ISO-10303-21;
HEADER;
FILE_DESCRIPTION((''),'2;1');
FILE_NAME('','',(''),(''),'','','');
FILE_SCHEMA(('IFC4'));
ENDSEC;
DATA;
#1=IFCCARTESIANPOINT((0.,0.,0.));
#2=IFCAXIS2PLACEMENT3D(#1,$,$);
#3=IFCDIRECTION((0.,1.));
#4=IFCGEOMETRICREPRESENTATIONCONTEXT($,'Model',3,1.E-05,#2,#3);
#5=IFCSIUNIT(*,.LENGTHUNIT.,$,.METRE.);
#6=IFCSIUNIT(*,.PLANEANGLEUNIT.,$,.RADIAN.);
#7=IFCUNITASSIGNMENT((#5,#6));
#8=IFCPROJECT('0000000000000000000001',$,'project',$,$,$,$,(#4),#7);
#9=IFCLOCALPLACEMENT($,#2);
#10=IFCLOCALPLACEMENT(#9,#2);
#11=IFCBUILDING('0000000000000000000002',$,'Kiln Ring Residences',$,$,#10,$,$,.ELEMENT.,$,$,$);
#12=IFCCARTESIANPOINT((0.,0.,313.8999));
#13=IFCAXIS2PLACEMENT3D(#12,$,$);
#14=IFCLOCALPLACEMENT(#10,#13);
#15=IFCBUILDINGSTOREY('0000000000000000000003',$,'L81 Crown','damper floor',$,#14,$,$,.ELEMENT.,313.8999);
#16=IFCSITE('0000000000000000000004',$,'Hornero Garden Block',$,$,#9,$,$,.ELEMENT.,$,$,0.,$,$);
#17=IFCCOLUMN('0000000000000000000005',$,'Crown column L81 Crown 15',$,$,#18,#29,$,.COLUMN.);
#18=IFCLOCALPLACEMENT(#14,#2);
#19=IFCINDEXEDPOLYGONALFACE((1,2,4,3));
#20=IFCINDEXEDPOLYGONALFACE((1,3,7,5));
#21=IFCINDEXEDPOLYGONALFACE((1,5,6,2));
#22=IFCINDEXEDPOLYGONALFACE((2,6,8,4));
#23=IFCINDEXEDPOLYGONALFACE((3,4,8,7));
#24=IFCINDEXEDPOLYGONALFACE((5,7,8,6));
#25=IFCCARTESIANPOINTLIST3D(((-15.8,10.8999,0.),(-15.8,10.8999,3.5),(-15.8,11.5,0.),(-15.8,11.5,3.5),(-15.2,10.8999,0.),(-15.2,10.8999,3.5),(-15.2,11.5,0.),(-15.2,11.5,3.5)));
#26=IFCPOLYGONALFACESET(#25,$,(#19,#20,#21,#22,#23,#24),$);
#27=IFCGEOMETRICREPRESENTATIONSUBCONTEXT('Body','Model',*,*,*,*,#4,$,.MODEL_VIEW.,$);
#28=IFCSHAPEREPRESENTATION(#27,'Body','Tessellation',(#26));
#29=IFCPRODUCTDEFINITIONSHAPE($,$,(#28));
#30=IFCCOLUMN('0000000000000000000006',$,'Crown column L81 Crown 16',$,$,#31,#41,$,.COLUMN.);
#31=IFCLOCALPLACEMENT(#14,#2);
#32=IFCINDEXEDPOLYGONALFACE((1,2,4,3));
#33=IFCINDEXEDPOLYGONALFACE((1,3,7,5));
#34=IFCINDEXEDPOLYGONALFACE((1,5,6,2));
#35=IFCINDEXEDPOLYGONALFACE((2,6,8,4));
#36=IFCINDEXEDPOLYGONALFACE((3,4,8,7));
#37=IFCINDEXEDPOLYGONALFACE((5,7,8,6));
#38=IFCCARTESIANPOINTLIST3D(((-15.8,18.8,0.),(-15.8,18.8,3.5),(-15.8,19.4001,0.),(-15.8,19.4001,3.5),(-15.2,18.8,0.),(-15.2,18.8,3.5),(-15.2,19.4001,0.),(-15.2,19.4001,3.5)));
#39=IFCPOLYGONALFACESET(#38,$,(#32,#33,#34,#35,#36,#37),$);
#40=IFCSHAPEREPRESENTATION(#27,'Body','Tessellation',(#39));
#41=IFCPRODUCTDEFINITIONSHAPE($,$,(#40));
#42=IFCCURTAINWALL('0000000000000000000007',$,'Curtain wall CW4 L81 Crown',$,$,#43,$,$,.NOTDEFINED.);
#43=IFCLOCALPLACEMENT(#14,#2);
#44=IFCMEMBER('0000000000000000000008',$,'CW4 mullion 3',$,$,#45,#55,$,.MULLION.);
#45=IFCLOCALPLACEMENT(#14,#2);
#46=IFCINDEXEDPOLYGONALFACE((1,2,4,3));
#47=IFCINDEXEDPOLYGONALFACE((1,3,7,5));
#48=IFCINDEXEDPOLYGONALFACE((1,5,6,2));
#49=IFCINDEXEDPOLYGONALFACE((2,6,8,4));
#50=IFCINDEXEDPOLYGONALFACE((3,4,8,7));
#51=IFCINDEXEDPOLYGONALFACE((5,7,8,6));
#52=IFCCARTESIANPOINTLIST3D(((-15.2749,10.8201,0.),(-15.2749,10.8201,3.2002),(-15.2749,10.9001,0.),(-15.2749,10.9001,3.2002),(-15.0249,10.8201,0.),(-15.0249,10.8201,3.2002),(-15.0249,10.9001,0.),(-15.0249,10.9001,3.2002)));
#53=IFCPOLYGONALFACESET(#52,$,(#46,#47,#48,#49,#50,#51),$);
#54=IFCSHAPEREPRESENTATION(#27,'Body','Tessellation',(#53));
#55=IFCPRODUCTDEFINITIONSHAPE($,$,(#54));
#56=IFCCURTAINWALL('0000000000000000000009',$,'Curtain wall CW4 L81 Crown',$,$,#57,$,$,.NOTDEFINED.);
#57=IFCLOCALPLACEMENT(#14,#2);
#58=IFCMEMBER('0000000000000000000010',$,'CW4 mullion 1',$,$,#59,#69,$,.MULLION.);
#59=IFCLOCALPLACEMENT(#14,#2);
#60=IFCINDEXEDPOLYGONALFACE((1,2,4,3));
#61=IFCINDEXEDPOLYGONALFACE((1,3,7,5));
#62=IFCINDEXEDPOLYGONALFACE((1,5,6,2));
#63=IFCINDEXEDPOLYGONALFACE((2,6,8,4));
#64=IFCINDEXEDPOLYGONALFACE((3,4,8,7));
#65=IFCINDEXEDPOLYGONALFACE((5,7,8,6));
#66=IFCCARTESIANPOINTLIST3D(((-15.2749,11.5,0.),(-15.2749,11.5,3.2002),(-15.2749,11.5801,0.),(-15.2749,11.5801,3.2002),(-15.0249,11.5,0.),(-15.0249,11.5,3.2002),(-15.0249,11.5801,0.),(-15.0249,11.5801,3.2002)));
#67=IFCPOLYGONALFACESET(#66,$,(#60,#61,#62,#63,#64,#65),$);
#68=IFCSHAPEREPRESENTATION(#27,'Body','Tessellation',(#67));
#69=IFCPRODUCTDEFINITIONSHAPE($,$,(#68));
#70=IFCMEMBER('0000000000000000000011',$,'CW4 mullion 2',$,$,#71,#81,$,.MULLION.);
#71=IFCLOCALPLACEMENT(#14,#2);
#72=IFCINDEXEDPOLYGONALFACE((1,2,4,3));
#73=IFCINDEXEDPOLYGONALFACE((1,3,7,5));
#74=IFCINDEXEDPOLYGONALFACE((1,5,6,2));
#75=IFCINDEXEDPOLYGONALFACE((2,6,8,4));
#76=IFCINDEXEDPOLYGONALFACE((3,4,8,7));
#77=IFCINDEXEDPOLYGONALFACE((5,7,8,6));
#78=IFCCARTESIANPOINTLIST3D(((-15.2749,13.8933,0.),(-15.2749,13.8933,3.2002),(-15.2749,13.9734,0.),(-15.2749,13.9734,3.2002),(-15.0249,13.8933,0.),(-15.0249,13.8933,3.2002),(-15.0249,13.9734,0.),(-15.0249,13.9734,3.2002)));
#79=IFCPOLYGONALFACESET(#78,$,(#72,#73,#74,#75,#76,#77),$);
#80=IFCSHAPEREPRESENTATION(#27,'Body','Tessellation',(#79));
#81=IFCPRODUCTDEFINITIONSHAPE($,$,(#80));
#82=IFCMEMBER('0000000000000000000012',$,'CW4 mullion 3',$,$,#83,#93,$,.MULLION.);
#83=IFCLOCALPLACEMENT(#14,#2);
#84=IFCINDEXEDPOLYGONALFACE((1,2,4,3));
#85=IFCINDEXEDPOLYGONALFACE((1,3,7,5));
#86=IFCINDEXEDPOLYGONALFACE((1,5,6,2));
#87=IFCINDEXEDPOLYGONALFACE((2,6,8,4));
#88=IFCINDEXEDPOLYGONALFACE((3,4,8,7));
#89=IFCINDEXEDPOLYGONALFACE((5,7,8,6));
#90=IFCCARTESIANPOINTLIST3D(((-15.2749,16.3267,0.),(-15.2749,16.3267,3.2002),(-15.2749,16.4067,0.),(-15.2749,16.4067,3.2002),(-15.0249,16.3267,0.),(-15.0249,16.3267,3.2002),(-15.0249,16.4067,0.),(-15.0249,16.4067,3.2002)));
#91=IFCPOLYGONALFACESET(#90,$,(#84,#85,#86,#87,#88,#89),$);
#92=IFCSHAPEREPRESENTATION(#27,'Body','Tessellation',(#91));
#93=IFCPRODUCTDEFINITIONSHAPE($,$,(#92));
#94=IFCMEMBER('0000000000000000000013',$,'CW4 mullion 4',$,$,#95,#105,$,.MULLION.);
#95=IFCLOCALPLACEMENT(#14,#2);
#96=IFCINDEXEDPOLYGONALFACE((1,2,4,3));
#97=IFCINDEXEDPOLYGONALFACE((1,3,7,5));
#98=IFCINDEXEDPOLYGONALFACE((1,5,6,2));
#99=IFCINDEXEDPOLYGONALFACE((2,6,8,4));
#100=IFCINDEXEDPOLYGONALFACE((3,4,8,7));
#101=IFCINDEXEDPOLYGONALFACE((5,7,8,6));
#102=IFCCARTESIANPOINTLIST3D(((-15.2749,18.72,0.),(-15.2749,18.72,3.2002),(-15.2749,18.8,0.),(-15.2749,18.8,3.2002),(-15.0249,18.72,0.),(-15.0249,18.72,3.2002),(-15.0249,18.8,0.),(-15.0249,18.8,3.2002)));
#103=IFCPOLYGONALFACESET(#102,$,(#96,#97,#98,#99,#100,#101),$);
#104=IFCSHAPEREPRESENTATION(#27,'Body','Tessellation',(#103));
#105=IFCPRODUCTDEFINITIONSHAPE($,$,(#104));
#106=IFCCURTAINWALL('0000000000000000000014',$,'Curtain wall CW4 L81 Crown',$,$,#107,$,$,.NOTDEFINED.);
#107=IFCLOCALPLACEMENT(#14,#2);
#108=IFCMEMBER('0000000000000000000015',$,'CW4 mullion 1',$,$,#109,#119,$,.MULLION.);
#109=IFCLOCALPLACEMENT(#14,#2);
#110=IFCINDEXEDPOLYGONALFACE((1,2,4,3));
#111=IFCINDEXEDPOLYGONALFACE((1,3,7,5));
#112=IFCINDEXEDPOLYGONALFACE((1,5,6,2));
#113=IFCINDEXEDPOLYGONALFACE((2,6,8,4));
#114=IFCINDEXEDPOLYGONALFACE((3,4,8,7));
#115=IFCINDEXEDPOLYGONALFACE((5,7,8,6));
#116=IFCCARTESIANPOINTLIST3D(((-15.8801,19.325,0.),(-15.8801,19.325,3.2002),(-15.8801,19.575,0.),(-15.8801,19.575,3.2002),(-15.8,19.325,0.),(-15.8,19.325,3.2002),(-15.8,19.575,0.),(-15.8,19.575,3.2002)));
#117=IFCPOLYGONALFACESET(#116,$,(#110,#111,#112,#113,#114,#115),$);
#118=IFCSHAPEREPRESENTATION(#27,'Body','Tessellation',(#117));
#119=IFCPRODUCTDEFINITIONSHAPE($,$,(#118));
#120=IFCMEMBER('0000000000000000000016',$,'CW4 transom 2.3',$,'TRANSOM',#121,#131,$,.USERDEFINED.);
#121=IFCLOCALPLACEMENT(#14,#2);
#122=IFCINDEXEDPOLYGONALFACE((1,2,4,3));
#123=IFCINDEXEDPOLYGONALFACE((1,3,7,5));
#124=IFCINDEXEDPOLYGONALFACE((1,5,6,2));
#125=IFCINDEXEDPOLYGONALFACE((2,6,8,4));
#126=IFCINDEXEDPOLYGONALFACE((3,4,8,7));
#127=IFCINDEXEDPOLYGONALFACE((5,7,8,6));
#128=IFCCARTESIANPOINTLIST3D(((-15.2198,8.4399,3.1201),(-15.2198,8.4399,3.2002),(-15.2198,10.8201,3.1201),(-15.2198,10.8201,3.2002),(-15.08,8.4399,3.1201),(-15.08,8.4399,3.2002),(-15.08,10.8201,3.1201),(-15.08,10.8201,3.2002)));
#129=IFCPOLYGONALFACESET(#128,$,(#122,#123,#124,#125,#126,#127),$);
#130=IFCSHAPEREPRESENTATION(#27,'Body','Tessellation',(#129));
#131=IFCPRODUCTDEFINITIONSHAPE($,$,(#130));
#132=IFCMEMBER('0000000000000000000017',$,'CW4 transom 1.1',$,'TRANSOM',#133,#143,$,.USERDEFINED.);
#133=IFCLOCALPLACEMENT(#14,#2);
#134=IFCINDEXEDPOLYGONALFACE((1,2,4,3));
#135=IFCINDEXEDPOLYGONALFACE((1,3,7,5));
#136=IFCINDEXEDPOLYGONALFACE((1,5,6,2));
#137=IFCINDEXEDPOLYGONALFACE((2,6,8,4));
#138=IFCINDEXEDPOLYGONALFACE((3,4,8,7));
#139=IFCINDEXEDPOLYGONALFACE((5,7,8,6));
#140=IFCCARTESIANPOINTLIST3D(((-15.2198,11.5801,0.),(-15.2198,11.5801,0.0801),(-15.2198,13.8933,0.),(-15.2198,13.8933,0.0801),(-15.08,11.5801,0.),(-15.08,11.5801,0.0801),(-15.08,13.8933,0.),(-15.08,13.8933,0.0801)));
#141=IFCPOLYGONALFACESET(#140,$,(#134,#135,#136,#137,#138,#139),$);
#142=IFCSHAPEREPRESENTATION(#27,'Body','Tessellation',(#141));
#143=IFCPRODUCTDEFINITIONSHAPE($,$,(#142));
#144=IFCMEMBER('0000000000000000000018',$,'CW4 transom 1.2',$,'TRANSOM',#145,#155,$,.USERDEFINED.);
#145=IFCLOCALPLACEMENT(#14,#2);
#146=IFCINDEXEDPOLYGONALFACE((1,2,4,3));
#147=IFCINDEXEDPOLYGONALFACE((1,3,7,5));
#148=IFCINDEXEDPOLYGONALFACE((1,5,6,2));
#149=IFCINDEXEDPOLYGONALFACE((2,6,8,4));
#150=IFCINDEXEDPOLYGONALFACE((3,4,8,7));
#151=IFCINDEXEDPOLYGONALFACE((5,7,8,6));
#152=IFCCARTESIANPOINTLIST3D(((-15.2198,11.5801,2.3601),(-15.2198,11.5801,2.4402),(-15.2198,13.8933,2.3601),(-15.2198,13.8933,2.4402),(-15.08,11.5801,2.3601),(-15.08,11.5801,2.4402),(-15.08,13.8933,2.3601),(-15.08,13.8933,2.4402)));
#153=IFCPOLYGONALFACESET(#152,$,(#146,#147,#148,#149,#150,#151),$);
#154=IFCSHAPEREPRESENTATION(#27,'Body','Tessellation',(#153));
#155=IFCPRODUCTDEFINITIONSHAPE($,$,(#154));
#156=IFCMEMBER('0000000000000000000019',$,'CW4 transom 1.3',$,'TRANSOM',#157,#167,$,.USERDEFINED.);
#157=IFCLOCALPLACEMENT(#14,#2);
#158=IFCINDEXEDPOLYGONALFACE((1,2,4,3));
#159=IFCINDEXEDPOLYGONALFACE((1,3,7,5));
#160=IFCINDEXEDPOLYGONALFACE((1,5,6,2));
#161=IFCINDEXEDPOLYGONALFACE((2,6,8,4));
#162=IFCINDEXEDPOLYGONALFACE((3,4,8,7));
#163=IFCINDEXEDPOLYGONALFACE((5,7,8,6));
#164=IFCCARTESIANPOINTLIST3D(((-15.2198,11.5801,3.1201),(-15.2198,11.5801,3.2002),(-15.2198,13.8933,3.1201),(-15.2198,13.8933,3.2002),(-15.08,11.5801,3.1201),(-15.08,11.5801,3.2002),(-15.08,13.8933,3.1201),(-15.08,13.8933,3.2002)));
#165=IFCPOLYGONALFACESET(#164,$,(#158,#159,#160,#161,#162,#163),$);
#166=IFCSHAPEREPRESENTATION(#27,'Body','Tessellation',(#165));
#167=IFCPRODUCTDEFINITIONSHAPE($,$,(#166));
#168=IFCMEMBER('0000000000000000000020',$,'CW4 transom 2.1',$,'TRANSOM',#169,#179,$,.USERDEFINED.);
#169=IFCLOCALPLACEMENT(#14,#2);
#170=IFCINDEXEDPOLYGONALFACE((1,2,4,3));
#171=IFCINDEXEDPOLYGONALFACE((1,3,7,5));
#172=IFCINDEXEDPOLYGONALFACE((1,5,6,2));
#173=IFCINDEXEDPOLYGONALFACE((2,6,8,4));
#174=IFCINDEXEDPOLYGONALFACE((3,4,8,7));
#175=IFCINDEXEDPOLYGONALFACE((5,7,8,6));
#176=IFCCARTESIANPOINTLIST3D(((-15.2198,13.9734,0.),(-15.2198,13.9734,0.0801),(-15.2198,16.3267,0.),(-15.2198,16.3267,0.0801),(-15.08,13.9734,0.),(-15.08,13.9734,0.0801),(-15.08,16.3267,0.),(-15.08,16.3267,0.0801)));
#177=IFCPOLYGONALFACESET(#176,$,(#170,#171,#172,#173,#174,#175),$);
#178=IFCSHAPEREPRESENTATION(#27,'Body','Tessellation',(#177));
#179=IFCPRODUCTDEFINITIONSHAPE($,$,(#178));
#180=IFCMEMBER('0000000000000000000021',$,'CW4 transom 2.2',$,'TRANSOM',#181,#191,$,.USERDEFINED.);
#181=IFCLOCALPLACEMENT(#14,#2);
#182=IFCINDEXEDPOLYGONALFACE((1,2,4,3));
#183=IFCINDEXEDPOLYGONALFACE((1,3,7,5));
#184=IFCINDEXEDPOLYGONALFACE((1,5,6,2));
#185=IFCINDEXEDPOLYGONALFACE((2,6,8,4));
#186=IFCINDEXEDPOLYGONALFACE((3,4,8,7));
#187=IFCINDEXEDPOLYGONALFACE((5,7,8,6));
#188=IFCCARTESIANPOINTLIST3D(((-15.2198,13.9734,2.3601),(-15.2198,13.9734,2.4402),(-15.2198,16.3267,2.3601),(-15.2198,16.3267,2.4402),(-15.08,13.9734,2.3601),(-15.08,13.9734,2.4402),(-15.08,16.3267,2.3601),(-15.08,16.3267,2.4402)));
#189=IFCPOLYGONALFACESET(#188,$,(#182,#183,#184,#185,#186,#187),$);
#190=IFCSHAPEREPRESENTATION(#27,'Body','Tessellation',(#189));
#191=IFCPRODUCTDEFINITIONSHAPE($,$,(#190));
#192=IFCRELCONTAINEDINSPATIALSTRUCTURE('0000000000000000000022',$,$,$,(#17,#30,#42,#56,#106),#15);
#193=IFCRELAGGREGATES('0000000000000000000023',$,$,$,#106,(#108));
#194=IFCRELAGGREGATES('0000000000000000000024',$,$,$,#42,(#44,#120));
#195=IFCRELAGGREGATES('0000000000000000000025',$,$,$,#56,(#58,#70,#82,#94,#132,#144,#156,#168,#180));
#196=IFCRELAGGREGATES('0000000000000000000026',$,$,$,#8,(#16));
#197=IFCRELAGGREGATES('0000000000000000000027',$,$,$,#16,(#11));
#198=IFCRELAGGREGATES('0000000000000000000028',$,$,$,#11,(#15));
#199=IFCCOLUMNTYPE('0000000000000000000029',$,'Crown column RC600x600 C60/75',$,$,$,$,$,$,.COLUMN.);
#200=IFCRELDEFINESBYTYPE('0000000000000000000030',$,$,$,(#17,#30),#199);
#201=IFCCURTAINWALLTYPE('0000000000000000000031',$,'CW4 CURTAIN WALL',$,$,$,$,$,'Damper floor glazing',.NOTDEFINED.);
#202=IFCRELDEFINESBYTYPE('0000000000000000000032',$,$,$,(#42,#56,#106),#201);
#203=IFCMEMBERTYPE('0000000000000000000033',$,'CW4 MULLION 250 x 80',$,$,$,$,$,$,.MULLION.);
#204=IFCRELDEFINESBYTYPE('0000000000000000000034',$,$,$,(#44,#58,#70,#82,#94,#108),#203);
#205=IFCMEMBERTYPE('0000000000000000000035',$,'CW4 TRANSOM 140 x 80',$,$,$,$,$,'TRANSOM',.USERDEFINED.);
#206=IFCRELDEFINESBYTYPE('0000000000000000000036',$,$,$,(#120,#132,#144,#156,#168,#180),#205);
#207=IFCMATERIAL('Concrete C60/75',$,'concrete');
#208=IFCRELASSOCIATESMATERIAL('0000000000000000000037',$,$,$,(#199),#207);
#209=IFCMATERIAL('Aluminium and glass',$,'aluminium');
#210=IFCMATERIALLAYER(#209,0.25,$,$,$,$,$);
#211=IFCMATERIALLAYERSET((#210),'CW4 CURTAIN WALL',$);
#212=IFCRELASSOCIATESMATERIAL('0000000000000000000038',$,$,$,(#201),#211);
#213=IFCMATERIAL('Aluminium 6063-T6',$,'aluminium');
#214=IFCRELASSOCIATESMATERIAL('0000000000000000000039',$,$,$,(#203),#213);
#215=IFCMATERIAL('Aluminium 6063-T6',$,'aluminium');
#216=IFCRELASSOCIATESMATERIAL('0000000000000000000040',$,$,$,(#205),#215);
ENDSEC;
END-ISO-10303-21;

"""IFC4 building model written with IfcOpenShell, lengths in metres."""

from ifc_helpers import new_model, si_unit, direction, frame, origin, origin_2d, place, context, subcontext, project, spatial, rectangle, extrude, material, layer, layer_set, material_profile, profile_set, type_object, element, aggregate, save


model = new_model("IFC4")

# Units and contexts
model_context = context("Model", 3, precision=1e-05, world=origin(), true_north=direction((0.0, 1.0)))
body_context = subcontext(model_context, "Body", "Model", "MODEL_VIEW")
ifc_project = project(units=[si_unit("LENGTHUNIT", "METRE"), si_unit("PLANEANGLEUNIT", "RADIAN")], contexts=[model_context])

# Site, building, storey
site_placement = place(None, origin())
site = spatial("IfcSite", under=ifc_project, at=site_placement, Name="Hornero Garden Block", CompositionType="ELEMENT", RefElevation=0.0)
building_placement = place(site_placement, origin())
building = spatial("IfcBuilding", under=site, at=building_placement, Name="Kiln Ring Residences", CompositionType="ELEMENT")
storey_placement = place(building_placement, frame((0.0, 0.0, 313.8999)))
storey = spatial("IfcBuildingStorey", under=building, at=storey_placement, Name="L81 Crown", Description="damper floor", CompositionType="ELEMENT", Elevation=313.8999)

# Columns
ifc_material_1 = material(Name="Concrete C60/75", Category="concrete")
ifc_material_profile_1 = material_profile(ifc_material_1, rectangle(XDim=0.6001, YDim=0.6001, at=origin_2d()), Name="RC600x600")
ifc_profile_set_1 = profile_set([ifc_material_profile_1], Name="Concrete C60/75")
column_type = type_object("IfcColumnType", Name="Crown column RC600x600 C60/75", PredefinedType="COLUMN", material=ifc_profile_set_1)
for number, where, z_axis, x_axis, name in (
    (1, (-15.5, 11.2, 0.0), (0.0, 0.0, 1.0), (1.0, 0.0, 0.0), "Crown column L81 Crown 15"),
    (2, (-15.5, 19.1001, 0.0), (0.0, 0.0, 1.0), (1.0, 0.0, 0.0), "Crown column L81 Crown 16"),
):
    element("IfcColumn", number, at=place(storey_placement, frame(where, z_axis=z_axis, x_axis=x_axis)), inside=storey, type_object=column_type, Name=name, PredefinedType="COLUMN", context=body_context, shape_type="SweptSolid", body=[
        extrude(rectangle(XDim=0.6001, YDim=0.6001, at=origin_2d()), origin(), (0.0, 0.0, 1.0), 3.5),
    ])

# Curtain wall, member
ifc_material_2 = material(Name="Aluminium and glass", Category="aluminium")
ifc_layer_1 = layer(ifc_material_2, 0.25)
ifc_layer_set_1 = layer_set([ifc_layer_1], Name="CW4 CURTAIN WALL")
curtain_wall_type = type_object("IfcCurtainWallType", Name="CW4 CURTAIN WALL", ElementType="Damper floor glazing", PredefinedType="NOTDEFINED", material=ifc_layer_set_1)
placement = place(storey_placement, origin())
curtain_wall_1 = element("IfcCurtainWall", 3, at=placement, inside=storey, type_object=curtain_wall_type, Name="Curtain wall CW4 L81 Crown", PredefinedType="NOTDEFINED")
ifc_material_3 = material(Name="Aluminium 6063-T6", Category="aluminium")
ifc_material_profile_2 = material_profile(ifc_material_3, rectangle(XDim=0.25, YDim=0.0801, at=origin_2d()), Name="AL 250x80")
ifc_profile_set_2 = profile_set([ifc_material_profile_2], Name="Aluminium 6063-T6")
member_type_1 = type_object("IfcMemberType", Name="CW4 MULLION 250 x 80", PredefinedType="MULLION", material=ifc_profile_set_2)
member_1_placement = place(storey_placement, frame((-15.1499, 10.8601, 0.0), z_axis=(0.0, 0.0, 1.0), x_axis=(-1.0, 0.0, 0.0)))
member_1 = element("IfcMember", 4, at=member_1_placement, type_object=member_type_1, Name="CW4 mullion 3", PredefinedType="MULLION", context=body_context, shape_type="SweptSolid", body=[
    extrude(rectangle(XDim=0.25, YDim=0.0801, at=origin_2d()), origin(), (0.0, 0.0, 1.0), 3.2002),
])

# Curtain wall, members
curtain_wall_2 = element("IfcCurtainWall", 5, at=placement, inside=storey, type_object=curtain_wall_type, Name="Curtain wall CW4 L81 Crown", PredefinedType="NOTDEFINED")
member_2_placement = place(storey_placement, frame((-15.1499, 11.54, 0.0), z_axis=(0.0, 0.0, 1.0), x_axis=(-1.0, 0.0, 0.0)))
member_2 = element("IfcMember", 6, at=member_2_placement, type_object=member_type_1, Name="CW4 mullion 1", PredefinedType="MULLION", context=body_context, shape_type="SweptSolid", body=[
    extrude(rectangle(XDim=0.25, YDim=0.0801, at=origin_2d()), origin(), (0.0, 0.0, 1.0), 3.2002),
])
member_3_placement = place(storey_placement, frame((-15.1499, 13.9333, 0.0), z_axis=(0.0, 0.0, 1.0), x_axis=(-1.0, 0.0, 0.0)))
member_3 = element("IfcMember", 7, at=member_3_placement, type_object=member_type_1, Name="CW4 mullion 2", PredefinedType="MULLION", context=body_context, shape_type="SweptSolid", body=[
    extrude(rectangle(XDim=0.25, YDim=0.0801, at=origin_2d()), origin(), (0.0, 0.0, 1.0), 3.2002),
])
member_4_placement = place(storey_placement, frame((-15.1499, 16.3667, 0.0), z_axis=(0.0, 0.0, 1.0), x_axis=(-1.0, 0.0, 0.0)))
member_4 = element("IfcMember", 8, at=member_4_placement, type_object=member_type_1, Name="CW4 mullion 3", PredefinedType="MULLION", context=body_context, shape_type="SweptSolid", body=[
    extrude(rectangle(XDim=0.25, YDim=0.0801, at=origin_2d()), origin(), (0.0, 0.0, 1.0), 3.2002),
])
member_5_placement = place(storey_placement, frame((-15.1499, 18.76, 0.0), z_axis=(0.0, 0.0, 1.0), x_axis=(-1.0, 0.0, 0.0)))
member_5 = element("IfcMember", 9, at=member_5_placement, type_object=member_type_1, Name="CW4 mullion 4", PredefinedType="MULLION", context=body_context, shape_type="SweptSolid", body=[
    extrude(rectangle(XDim=0.25, YDim=0.0801, at=origin_2d()), origin(), (0.0, 0.0, 1.0), 3.2002),
])

# Curtain wall, member
curtain_wall_3 = element("IfcCurtainWall", 10, at=placement, inside=storey, type_object=curtain_wall_type, Name="Curtain wall CW4 L81 Crown", PredefinedType="NOTDEFINED")
member_6_placement = place(storey_placement, frame((-15.8401, 19.45, 0.0), z_axis=(0.0, 0.0, 1.0), x_axis=(0.0, -1.0, 0.0)))
member_6 = element("IfcMember", 11, at=member_6_placement, type_object=member_type_1, Name="CW4 mullion 1", PredefinedType="MULLION", context=body_context, shape_type="SweptSolid", body=[
    extrude(rectangle(XDim=0.25, YDim=0.0801, at=origin_2d()), origin(), (0.0, 0.0, 1.0), 3.2002),
])
aggregate(curtain_wall_3, [member_6])

# Members
ifc_material_4 = material(Name="Aluminium 6063-T6", Category="aluminium")
ifc_material_profile_3 = material_profile(ifc_material_4, rectangle(XDim=0.1399, YDim=0.0801, at=origin_2d()), Name="AL 140x80")
ifc_profile_set_3 = profile_set([ifc_material_profile_3], Name="Aluminium 6063-T6")
member_type_2 = type_object("IfcMemberType", Name="CW4 TRANSOM 140 x 80", ElementType="TRANSOM", PredefinedType="USERDEFINED", material=ifc_profile_set_3)
member_7_placement = place(storey_placement, frame((-15.1499, 8.4399, 3.1602), z_axis=(0.0, 1.0, 0.0), x_axis=(-1.0, 0.0, 0.0)))
member_7 = element("IfcMember", 12, at=member_7_placement, type_object=member_type_2, Name="CW4 transom 2.3", ObjectType="TRANSOM", PredefinedType="USERDEFINED", context=body_context, shape_type="SweptSolid", body=[
    extrude(rectangle(XDim=0.1399, YDim=0.0801, at=origin_2d()), origin(), (0.0, 0.0, 1.0), 2.3801),
])
member_8_placement = place(storey_placement, frame((-15.1499, 11.5801, 0.04), z_axis=(0.0, 1.0, 0.0), x_axis=(-1.0, 0.0, 0.0)))
member_8 = element("IfcMember", 13, at=member_8_placement, type_object=member_type_2, Name="CW4 transom 1.1", ObjectType="TRANSOM", PredefinedType="USERDEFINED", context=body_context, shape_type="SweptSolid", body=[
    extrude(rectangle(XDim=0.1399, YDim=0.0801, at=origin_2d()), origin(), (0.0, 0.0, 1.0), 2.3132),
])
member_9_placement = place(storey_placement, frame((-15.1499, 11.5801, 2.4001), z_axis=(0.0, 1.0, 0.0), x_axis=(-1.0, 0.0, 0.0)))
member_9 = element("IfcMember", 14, at=member_9_placement, type_object=member_type_2, Name="CW4 transom 1.2", ObjectType="TRANSOM", PredefinedType="USERDEFINED", context=body_context, shape_type="SweptSolid", body=[
    extrude(rectangle(XDim=0.1399, YDim=0.0801, at=origin_2d()), origin(), (0.0, 0.0, 1.0), 2.3132),
])
member_10_placement = place(storey_placement, frame((-15.1499, 11.5801, 3.1602), z_axis=(0.0, 1.0, 0.0), x_axis=(-1.0, 0.0, 0.0)))
member_10 = element("IfcMember", 15, at=member_10_placement, type_object=member_type_2, Name="CW4 transom 1.3", ObjectType="TRANSOM", PredefinedType="USERDEFINED", context=body_context, shape_type="SweptSolid", body=[
    extrude(rectangle(XDim=0.1399, YDim=0.0801, at=origin_2d()), origin(), (0.0, 0.0, 1.0), 2.3132),
])
member_11_placement = place(storey_placement, frame((-15.1499, 13.9734, 0.04), z_axis=(0.0, 1.0, 0.0), x_axis=(-1.0, 0.0, 0.0)))
member_11 = element("IfcMember", 16, at=member_11_placement, type_object=member_type_2, Name="CW4 transom 2.1", ObjectType="TRANSOM", PredefinedType="USERDEFINED", context=body_context, shape_type="SweptSolid", body=[
    extrude(rectangle(XDim=0.1399, YDim=0.0801, at=origin_2d()), origin(), (0.0, 0.0, 1.0), 2.3533),
])
member_12_placement = place(storey_placement, frame((-15.1499, 13.9734, 2.4001), z_axis=(0.0, 1.0, 0.0), x_axis=(-1.0, 0.0, 0.0)))
member_12 = element("IfcMember", 17, at=member_12_placement, type_object=member_type_2, Name="CW4 transom 2.2", ObjectType="TRANSOM", PredefinedType="USERDEFINED", context=body_context, shape_type="SweptSolid", body=[
    extrude(rectangle(XDim=0.1399, YDim=0.0801, at=origin_2d()), origin(), (0.0, 0.0, 1.0), 2.3533),
])

aggregate(curtain_wall_1, [member_1, member_7])
aggregate(curtain_wall_2, [member_2, member_3, member_4, member_5, member_8, member_9, member_10, member_11, member_12])

save(model, "model.ifc")
